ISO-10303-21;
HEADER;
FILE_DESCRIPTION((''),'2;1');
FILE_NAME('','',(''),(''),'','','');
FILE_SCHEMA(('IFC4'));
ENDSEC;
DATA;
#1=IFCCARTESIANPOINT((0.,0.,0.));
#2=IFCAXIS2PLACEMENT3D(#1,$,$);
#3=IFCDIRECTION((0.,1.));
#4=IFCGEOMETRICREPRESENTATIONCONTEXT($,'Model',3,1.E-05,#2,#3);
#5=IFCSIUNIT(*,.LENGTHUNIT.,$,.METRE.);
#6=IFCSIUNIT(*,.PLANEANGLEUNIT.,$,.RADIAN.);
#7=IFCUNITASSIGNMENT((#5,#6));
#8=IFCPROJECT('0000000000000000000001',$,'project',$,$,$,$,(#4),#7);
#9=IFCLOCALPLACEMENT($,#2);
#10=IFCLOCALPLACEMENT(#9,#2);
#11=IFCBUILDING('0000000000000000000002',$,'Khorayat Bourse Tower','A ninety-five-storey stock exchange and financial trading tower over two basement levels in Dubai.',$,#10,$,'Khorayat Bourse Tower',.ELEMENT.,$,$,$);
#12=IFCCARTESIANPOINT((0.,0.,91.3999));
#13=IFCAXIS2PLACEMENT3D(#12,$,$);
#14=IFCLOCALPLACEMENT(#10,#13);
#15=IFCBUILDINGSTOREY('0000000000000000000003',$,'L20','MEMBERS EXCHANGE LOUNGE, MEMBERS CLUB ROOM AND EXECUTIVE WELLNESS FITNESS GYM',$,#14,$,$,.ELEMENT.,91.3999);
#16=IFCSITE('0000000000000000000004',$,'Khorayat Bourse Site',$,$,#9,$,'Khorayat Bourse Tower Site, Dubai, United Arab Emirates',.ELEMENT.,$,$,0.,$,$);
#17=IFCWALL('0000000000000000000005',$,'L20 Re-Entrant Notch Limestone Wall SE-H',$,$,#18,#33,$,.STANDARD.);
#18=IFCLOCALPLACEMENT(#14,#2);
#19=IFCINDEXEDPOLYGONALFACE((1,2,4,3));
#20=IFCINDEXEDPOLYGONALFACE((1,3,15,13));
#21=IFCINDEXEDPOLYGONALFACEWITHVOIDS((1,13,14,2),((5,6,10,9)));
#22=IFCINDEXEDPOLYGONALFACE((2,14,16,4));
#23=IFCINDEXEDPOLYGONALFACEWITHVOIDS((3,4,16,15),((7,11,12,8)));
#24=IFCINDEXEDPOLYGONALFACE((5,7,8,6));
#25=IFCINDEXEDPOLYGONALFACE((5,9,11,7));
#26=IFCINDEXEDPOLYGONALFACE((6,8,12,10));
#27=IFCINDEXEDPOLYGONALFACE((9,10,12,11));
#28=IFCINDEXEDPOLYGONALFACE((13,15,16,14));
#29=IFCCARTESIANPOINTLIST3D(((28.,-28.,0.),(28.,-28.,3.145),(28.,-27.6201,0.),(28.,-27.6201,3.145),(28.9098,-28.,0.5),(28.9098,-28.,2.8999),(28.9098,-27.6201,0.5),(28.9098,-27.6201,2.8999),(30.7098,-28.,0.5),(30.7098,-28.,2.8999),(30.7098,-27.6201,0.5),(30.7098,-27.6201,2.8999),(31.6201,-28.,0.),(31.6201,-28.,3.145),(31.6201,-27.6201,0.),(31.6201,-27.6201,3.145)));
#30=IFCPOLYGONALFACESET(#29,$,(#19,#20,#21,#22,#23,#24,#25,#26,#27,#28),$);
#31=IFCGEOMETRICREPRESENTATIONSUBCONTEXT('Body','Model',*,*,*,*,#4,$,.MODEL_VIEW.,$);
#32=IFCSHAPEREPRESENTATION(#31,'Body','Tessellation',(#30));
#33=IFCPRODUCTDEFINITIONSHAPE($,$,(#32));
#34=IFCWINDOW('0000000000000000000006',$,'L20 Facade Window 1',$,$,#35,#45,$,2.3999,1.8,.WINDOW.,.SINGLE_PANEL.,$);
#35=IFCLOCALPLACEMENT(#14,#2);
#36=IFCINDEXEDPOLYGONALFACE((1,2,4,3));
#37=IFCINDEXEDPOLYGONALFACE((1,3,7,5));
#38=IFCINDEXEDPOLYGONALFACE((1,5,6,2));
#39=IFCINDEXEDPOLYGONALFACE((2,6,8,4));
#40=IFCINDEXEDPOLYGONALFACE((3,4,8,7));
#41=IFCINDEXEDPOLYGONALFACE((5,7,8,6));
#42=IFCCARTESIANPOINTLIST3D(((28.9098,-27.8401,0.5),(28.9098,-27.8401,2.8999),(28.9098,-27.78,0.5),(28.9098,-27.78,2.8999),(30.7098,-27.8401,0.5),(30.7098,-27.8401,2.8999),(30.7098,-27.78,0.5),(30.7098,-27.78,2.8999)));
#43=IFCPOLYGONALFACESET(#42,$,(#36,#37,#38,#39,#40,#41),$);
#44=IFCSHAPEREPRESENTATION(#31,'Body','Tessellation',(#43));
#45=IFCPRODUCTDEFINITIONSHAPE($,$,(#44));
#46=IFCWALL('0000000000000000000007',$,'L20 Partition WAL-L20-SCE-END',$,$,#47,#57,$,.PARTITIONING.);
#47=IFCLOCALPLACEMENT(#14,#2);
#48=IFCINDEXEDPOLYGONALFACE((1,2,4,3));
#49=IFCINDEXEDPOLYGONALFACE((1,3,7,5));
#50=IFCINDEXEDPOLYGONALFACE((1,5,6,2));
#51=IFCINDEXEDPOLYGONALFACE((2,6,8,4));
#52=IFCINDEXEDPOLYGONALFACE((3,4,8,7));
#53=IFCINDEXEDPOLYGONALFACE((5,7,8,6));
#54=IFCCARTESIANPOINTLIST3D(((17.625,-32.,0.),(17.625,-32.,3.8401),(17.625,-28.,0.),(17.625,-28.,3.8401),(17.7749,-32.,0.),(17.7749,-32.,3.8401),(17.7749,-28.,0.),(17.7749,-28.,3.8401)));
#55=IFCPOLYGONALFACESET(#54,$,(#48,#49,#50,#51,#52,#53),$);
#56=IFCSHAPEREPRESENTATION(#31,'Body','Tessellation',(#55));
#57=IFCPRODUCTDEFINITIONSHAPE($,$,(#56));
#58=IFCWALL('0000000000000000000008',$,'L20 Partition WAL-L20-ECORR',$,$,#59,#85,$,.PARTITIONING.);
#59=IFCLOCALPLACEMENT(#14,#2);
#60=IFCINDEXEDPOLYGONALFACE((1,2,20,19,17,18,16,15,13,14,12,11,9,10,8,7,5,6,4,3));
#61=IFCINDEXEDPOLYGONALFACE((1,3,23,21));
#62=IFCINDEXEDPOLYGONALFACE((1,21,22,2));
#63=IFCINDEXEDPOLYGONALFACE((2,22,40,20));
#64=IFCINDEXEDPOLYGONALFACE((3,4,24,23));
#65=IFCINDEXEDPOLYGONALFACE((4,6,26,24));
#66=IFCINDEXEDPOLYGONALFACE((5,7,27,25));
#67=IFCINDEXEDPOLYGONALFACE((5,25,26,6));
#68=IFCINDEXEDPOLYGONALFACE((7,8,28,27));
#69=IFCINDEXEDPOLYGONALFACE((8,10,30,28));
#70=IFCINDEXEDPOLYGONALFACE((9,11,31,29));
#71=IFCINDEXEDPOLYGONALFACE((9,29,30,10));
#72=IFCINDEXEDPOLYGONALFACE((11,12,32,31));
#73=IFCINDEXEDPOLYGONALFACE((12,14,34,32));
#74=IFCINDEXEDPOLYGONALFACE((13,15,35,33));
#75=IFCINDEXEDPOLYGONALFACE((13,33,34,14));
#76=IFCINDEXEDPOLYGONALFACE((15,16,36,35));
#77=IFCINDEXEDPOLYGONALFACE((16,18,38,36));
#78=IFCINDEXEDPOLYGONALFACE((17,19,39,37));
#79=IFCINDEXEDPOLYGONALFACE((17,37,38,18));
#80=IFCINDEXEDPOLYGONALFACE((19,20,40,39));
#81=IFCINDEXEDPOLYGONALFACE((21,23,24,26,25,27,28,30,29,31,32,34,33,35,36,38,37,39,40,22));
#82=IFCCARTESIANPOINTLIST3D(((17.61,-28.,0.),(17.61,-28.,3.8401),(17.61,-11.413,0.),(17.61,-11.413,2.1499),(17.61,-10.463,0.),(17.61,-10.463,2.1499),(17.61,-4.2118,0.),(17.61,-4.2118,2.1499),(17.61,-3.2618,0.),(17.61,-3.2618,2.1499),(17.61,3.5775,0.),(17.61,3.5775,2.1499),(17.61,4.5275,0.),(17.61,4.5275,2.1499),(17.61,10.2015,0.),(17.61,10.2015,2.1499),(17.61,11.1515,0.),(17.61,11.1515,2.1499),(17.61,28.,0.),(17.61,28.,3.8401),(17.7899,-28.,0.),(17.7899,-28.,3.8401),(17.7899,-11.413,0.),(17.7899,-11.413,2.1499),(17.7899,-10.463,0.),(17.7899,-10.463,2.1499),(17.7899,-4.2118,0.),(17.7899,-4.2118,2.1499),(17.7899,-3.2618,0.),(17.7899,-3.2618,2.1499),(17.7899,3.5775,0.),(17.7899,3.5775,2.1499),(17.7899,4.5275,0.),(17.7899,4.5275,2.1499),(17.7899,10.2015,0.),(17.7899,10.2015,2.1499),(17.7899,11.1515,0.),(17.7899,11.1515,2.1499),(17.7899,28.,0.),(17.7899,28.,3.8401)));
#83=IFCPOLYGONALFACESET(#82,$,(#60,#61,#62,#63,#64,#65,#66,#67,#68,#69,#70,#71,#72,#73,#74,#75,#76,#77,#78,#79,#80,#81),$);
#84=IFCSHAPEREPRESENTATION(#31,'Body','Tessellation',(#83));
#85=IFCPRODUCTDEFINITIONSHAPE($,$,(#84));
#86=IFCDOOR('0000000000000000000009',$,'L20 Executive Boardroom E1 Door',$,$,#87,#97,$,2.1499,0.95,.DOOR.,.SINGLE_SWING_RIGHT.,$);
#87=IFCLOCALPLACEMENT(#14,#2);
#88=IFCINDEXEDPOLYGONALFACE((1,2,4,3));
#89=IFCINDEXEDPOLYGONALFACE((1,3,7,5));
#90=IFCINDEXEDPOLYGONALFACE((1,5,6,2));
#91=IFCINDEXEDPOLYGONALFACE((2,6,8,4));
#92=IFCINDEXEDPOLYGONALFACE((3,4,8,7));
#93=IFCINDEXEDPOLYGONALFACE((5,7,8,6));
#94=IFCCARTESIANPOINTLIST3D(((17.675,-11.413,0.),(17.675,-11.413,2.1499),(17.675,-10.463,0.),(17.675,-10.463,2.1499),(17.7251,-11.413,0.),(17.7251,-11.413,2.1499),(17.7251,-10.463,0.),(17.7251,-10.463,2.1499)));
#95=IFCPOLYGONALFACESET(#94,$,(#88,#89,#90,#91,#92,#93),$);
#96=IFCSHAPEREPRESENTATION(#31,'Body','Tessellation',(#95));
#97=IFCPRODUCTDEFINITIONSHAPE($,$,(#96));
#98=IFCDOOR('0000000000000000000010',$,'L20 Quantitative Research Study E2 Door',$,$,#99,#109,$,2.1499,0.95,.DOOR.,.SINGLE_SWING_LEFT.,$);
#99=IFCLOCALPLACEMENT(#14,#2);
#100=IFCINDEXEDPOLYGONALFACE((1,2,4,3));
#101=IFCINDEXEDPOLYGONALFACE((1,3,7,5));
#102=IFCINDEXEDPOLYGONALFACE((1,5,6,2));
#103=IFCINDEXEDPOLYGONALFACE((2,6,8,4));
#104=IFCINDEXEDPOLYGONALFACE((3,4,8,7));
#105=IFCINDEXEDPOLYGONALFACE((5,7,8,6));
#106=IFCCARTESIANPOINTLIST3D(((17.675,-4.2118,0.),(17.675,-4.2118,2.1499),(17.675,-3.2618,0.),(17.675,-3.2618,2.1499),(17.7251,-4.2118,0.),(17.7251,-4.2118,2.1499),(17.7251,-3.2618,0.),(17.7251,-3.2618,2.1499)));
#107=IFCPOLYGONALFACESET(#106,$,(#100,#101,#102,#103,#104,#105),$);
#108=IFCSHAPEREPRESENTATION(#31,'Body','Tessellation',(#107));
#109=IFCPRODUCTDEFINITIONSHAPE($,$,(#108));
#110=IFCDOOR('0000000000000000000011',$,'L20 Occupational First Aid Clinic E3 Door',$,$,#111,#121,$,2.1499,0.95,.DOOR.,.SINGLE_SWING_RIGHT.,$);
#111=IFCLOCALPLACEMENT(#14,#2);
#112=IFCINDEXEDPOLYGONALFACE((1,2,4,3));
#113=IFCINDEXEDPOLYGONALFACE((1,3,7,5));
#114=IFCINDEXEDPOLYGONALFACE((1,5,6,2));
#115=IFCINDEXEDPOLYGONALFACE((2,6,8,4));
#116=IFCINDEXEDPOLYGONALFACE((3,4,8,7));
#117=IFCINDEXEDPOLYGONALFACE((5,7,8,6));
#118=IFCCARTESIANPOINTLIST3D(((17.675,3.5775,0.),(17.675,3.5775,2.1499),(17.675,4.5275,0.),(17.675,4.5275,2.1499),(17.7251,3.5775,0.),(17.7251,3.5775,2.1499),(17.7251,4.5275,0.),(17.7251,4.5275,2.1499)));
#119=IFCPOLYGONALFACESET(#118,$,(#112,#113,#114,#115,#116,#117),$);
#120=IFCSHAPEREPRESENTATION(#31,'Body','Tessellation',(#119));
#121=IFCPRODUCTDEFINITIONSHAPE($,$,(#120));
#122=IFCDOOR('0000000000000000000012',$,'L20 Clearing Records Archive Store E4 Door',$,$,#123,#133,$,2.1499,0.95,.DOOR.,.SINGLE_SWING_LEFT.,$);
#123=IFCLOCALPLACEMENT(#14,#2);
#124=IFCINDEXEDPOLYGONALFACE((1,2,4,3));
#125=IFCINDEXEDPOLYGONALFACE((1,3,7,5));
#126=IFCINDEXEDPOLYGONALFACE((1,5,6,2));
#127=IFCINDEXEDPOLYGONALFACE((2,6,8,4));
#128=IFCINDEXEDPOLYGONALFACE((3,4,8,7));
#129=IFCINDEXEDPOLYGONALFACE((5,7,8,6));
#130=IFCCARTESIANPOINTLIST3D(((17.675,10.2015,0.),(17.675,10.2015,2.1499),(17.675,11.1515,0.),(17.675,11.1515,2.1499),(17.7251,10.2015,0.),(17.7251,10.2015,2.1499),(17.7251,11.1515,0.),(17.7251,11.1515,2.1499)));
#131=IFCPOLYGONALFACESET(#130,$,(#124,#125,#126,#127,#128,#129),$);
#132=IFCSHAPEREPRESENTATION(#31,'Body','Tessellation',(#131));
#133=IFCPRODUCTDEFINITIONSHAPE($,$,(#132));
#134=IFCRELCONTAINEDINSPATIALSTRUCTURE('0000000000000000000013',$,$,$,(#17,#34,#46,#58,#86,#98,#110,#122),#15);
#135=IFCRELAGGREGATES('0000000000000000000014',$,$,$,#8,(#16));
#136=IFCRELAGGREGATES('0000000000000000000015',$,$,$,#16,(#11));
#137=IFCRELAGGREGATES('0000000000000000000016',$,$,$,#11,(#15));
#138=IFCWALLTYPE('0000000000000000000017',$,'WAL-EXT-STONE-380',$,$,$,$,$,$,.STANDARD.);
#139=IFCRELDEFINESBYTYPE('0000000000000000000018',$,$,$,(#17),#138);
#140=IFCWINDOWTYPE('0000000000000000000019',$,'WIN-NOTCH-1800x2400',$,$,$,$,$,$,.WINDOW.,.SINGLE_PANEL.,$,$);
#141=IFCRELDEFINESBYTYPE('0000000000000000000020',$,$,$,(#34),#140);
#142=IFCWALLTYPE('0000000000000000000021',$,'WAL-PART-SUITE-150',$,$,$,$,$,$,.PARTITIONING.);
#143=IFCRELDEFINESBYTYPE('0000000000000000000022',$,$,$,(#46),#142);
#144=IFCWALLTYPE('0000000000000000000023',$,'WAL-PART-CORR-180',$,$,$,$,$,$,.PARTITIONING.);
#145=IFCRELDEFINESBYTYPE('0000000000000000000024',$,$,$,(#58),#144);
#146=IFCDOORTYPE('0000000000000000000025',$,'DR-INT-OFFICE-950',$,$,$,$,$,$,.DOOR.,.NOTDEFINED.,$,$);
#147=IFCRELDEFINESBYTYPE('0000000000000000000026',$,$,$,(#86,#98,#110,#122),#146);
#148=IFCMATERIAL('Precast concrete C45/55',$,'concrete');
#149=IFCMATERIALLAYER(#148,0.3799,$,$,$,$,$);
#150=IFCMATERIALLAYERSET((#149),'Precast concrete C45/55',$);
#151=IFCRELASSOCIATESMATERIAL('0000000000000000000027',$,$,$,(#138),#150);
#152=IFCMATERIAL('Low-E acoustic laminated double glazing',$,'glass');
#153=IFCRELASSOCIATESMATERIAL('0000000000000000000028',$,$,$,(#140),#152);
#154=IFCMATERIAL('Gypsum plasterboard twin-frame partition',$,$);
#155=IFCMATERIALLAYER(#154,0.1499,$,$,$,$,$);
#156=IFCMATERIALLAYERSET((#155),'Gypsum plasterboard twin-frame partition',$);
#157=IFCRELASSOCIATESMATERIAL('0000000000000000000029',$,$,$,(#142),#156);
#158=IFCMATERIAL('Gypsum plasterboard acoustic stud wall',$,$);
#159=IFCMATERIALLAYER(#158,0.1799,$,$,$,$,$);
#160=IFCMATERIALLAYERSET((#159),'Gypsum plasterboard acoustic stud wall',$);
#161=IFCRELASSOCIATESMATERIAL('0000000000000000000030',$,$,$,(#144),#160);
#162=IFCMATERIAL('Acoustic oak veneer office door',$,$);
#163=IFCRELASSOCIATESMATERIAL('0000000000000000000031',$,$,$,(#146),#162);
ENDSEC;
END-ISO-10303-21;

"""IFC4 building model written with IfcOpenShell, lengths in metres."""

from ifc_helpers import new_model, si_unit, direction, frame, frame_2d, origin, place, context, subcontext, project, spatial, rectangle, extrude, source, transform, mapped, material, layer, layer_set, type_object, element, fill, save


model = new_model("IFC4")

# Units and contexts
model_context = context("Model", 3, precision=1e-05, world=origin(), true_north=direction((0.0, 1.0)))
body_context = subcontext(model_context, "Body", "Model", "MODEL_VIEW")
ifc_project = project(units=[si_unit("LENGTHUNIT", "METRE"), si_unit("PLANEANGLEUNIT", "RADIAN")], contexts=[model_context])

# Site, building, storey
site_placement = place(None, origin())
site = spatial("IfcSite", under=ifc_project, at=site_placement, Name="Khorayat Bourse Site", LongName="Khorayat Bourse Tower Site, Dubai, United Arab Emirates", CompositionType="ELEMENT", RefElevation=0.0)
building_placement = place(site_placement, origin())
building = spatial("IfcBuilding", under=site, at=building_placement, Name="Khorayat Bourse Tower", Description="A ninety-five-storey stock exchange and financial trading tower over two basement levels in Dubai.", LongName="Khorayat Bourse Tower", CompositionType="ELEMENT")
storey_placement = place(building_placement, frame((0.0, 0.0, 91.3999)))
storey = spatial("IfcBuildingStorey", under=building, at=storey_placement, Name="L20", Description="MEMBERS EXCHANGE LOUNGE, MEMBERS CLUB ROOM AND EXECUTIVE WELLNESS FITNESS GYM", CompositionType="ELEMENT", Elevation=91.3999)

# Wall, opening, window
ifc_material_1 = material(Name="Precast concrete C45/55", Category="concrete")
ifc_layer_1 = layer(ifc_material_1, 0.3799)
ifc_layer_set_1 = layer_set([ifc_layer_1], Name="Precast concrete C45/55")
wall_type_1 = type_object("IfcWallType", Name="WAL-EXT-STONE-380", PredefinedType="STANDARD", material=ifc_layer_set_1)
shared_shape_1 = source(origin(), body_context, "Body", "SweptSolid", [
    extrude(rectangle(XDim=3.6201, YDim=0.3799, at=frame_2d((1.8101, 0.0))), origin(), (0.0, 0.0, 1.0), 3.145),
])
shared_shape_2 = source(origin(), body_context, "Body", "SweptSolid", [
    extrude(rectangle(XDim=1.8, YDim=2.3999, at=frame_2d((0.8999, 1.2))), frame((0.0, 0.2, 0.0), z_axis=(0.0, -1.0, 0.0), x_axis=(1.0, 0.0, 0.0)), (0.0, 0.0, 1.0), 0.3999),
])
ifc_material_2 = material(Name="Low-E acoustic laminated double glazing", Category="glass")
window_type = type_object("IfcWindowType", Name="WIN-NOTCH-1800x2400", PartitioningType="SINGLE_PANEL", PredefinedType="WINDOW", material=ifc_material_2)
shared_shape_3 = source(origin(), body_context, "Body", "SweptSolid", [
    extrude(rectangle(XDim=1.8, YDim=2.3999, at=frame_2d((0.8999, 1.2))), frame((0.0, 0.03, 0.0), z_axis=(0.0, -1.0, 0.0), x_axis=(1.0, 0.0, 0.0)), (0.0, 0.0, 1.0), 0.0601),
])
wall_1_placement = place(storey_placement, frame((28.0, -27.8101, 0.0), z_axis=(0.0, 0.0, 1.0), x_axis=(1.0, 0.0, 0.0)))
wall_1 = element("IfcWall", 1, at=wall_1_placement, inside=storey, type_object=wall_type_1, Name="L20 Re-Entrant Notch Limestone Wall SE-H", PredefinedType="STANDARD", context=body_context, shape_type="MappedRepresentation", body=[
    mapped(shared_shape_1, transform((0.0, 0.0, 0.0), scale=1.0)),
])
opening_1_placement = place(wall_1_placement, frame((0.9099, 0.0, 0.5)))
opening_1 = element("IfcOpeningElement", 2, at=opening_1_placement, cuts=wall_1, PredefinedType="OPENING", context=body_context, shape_type="MappedRepresentation", body=[
    mapped(shared_shape_2, transform((0.0, 0.0, 0.0), scale=1.0)),
])
window_1_placement = place(opening_1_placement, origin())
window_1 = element("IfcWindow", 3, at=window_1_placement, inside=storey, type_object=window_type, Name="L20 Facade Window 1", OverallHeight=2.3999, OverallWidth=1.8, PartitioningType="SINGLE_PANEL", PredefinedType="WINDOW", context=body_context, shape_type="MappedRepresentation", body=[
    mapped(shared_shape_3, transform((0.0, 0.0, 0.0), scale=1.0)),
])
fill(opening_1, window_1)

# Wall
ifc_material_3 = material(Name="Gypsum plasterboard twin-frame partition")
ifc_layer_2 = layer(ifc_material_3, 0.1499)
ifc_layer_set_2 = layer_set([ifc_layer_2], Name="Gypsum plasterboard twin-frame partition")
wall_type_2 = type_object("IfcWallType", Name="WAL-PART-SUITE-150", PredefinedType="PARTITIONING", material=ifc_layer_set_2)
shared_shape_4 = source(origin(), body_context, "Body", "SweptSolid", [
    extrude(rectangle(XDim=4.0, YDim=0.1499, at=frame_2d((2.0, 0.0))), origin(), (0.0, 0.0, 1.0), 3.8401),
])
wall_2_placement = place(storey_placement, frame((17.7, -32.0, 0.0), z_axis=(0.0, 0.0, 1.0), x_axis=(0.0, 1.0, 0.0)))
element("IfcWall", 4, at=wall_2_placement, inside=storey, type_object=wall_type_2, Name="L20 Partition WAL-L20-SCE-END", PredefinedType="PARTITIONING", context=body_context, shape_type="MappedRepresentation", body=[
    mapped(shared_shape_4, transform((0.0, 0.0, 0.0), scale=1.0)),
])

# Wall, openings, doors
ifc_material_4 = material(Name="Gypsum plasterboard acoustic stud wall")
ifc_layer_3 = layer(ifc_material_4, 0.1799)
ifc_layer_set_3 = layer_set([ifc_layer_3], Name="Gypsum plasterboard acoustic stud wall")
wall_type_3 = type_object("IfcWallType", Name="WAL-PART-CORR-180", PredefinedType="PARTITIONING", material=ifc_layer_set_3)
shared_shape_5 = source(origin(), body_context, "Body", "SweptSolid", [
    extrude(rectangle(XDim=56.0, YDim=0.1799, at=frame_2d((28.0, 0.0))), origin(), (0.0, 0.0, 1.0), 3.8401),
])
wall_3_placement = place(storey_placement, frame((17.7, -28.0, 0.0), z_axis=(0.0, 0.0, 1.0), x_axis=(0.0, 1.0, 0.0)))
wall_3 = element("IfcWall", 5, at=wall_3_placement, inside=storey, type_object=wall_type_3, Name="L20 Partition WAL-L20-ECORR", PredefinedType="PARTITIONING", context=body_context, shape_type="MappedRepresentation", body=[
    mapped(shared_shape_5, transform((0.0, 0.0, 0.0), scale=1.0)),
])
shared_shape_6 = source(origin(), body_context, "Body", "SweptSolid", [
    extrude(rectangle(XDim=0.95, YDim=2.1499, at=frame_2d((0.4751, 1.075))), frame((0.0, 0.0999, 0.0), z_axis=(0.0, -1.0, 0.0), x_axis=(1.0, 0.0, 0.0)), (0.0, 0.0, 1.0), 0.2),
])
opening_2_placement = place(wall_3_placement, frame((16.5869, 0.0, 0.0)))
opening_2 = element("IfcOpeningElement", 6, at=opening_2_placement, cuts=wall_3, PredefinedType="OPENING", context=body_context, shape_type="MappedRepresentation", body=[
    mapped(shared_shape_6, transform((0.0, 0.0, 0.0), scale=1.0)),
])
opening_3_placement = place(wall_3_placement, frame((23.7881, 0.0, 0.0)))
opening_3 = element("IfcOpeningElement", 7, at=opening_3_placement, cuts=wall_3, PredefinedType="OPENING", context=body_context, shape_type="MappedRepresentation", body=[
    mapped(shared_shape_6, transform((0.0, 0.0, 0.0), scale=1.0)),
])
opening_4_placement = place(wall_3_placement, frame((31.5774, 0.0, 0.0)))
opening_4 = element("IfcOpeningElement", 8, at=opening_4_placement, cuts=wall_3, PredefinedType="OPENING", context=body_context, shape_type="MappedRepresentation", body=[
    mapped(shared_shape_6, transform((0.0, 0.0, 0.0), scale=1.0)),
])
opening_5_placement = place(wall_3_placement, frame((38.2014, 0.0, 0.0)))
opening_5 = element("IfcOpeningElement", 9, at=opening_5_placement, cuts=wall_3, PredefinedType="OPENING", context=body_context, shape_type="MappedRepresentation", body=[
    mapped(shared_shape_6, transform((0.0, 0.0, 0.0), scale=1.0)),
])
ifc_material_5 = material(Name="Acoustic oak veneer office door")
door_type = type_object("IfcDoorType", Name="DR-INT-OFFICE-950", OperationType="NOTDEFINED", PredefinedType="DOOR", material=ifc_material_5)
shared_shape_7 = source(origin(), body_context, "Body", "SweptSolid", [
    extrude(rectangle(XDim=0.95, YDim=2.1499, at=frame_2d((0.4751, 1.075))), frame((0.0, 0.0249, 0.0), z_axis=(0.0, -1.0, 0.0), x_axis=(1.0, 0.0, 0.0)), (0.0, 0.0, 1.0), 0.05),
])
door_1_placement = place(opening_2_placement, origin())
door_1 = element("IfcDoor", 10, at=door_1_placement, inside=storey, type_object=door_type, Name="L20 Executive Boardroom E1 Door", OperationType="SINGLE_SWING_RIGHT", OverallHeight=2.1499, OverallWidth=0.95, PredefinedType="DOOR", context=body_context, shape_type="MappedRepresentation", body=[
    mapped(shared_shape_7, transform((0.0, 0.0, 0.0), scale=1.0)),
])
fill(opening_2, door_1)
door_2_placement = place(opening_3_placement, origin())
door_2 = element("IfcDoor", 11, at=door_2_placement, inside=storey, type_object=door_type, Name="L20 Quantitative Research Study E2 Door", OperationType="SINGLE_SWING_LEFT", OverallHeight=2.1499, OverallWidth=0.95, PredefinedType="DOOR", context=body_context, shape_type="MappedRepresentation", body=[
    mapped(shared_shape_7, transform((0.0, 0.0, 0.0), scale=1.0)),
])
fill(opening_3, door_2)
door_3_placement = place(opening_4_placement, origin())
door_3 = element("IfcDoor", 12, at=door_3_placement, inside=storey, type_object=door_type, Name="L20 Occupational First Aid Clinic E3 Door", OperationType="SINGLE_SWING_RIGHT", OverallHeight=2.1499, OverallWidth=0.95, PredefinedType="DOOR", context=body_context, shape_type="MappedRepresentation", body=[
    mapped(shared_shape_7, transform((0.0, 0.0, 0.0), scale=1.0)),
])
fill(opening_4, door_3)
door_4_placement = place(opening_5_placement, origin())
door_4 = element("IfcDoor", 13, at=door_4_placement, inside=storey, type_object=door_type, Name="L20 Clearing Records Archive Store E4 Door", OperationType="SINGLE_SWING_LEFT", OverallHeight=2.1499, OverallWidth=0.95, PredefinedType="DOOR", context=body_context, shape_type="MappedRepresentation", body=[
    mapped(shared_shape_7, transform((0.0, 0.0, 0.0), scale=1.0)),
])
fill(opening_5, door_4)

save(model, "model.ifc")
